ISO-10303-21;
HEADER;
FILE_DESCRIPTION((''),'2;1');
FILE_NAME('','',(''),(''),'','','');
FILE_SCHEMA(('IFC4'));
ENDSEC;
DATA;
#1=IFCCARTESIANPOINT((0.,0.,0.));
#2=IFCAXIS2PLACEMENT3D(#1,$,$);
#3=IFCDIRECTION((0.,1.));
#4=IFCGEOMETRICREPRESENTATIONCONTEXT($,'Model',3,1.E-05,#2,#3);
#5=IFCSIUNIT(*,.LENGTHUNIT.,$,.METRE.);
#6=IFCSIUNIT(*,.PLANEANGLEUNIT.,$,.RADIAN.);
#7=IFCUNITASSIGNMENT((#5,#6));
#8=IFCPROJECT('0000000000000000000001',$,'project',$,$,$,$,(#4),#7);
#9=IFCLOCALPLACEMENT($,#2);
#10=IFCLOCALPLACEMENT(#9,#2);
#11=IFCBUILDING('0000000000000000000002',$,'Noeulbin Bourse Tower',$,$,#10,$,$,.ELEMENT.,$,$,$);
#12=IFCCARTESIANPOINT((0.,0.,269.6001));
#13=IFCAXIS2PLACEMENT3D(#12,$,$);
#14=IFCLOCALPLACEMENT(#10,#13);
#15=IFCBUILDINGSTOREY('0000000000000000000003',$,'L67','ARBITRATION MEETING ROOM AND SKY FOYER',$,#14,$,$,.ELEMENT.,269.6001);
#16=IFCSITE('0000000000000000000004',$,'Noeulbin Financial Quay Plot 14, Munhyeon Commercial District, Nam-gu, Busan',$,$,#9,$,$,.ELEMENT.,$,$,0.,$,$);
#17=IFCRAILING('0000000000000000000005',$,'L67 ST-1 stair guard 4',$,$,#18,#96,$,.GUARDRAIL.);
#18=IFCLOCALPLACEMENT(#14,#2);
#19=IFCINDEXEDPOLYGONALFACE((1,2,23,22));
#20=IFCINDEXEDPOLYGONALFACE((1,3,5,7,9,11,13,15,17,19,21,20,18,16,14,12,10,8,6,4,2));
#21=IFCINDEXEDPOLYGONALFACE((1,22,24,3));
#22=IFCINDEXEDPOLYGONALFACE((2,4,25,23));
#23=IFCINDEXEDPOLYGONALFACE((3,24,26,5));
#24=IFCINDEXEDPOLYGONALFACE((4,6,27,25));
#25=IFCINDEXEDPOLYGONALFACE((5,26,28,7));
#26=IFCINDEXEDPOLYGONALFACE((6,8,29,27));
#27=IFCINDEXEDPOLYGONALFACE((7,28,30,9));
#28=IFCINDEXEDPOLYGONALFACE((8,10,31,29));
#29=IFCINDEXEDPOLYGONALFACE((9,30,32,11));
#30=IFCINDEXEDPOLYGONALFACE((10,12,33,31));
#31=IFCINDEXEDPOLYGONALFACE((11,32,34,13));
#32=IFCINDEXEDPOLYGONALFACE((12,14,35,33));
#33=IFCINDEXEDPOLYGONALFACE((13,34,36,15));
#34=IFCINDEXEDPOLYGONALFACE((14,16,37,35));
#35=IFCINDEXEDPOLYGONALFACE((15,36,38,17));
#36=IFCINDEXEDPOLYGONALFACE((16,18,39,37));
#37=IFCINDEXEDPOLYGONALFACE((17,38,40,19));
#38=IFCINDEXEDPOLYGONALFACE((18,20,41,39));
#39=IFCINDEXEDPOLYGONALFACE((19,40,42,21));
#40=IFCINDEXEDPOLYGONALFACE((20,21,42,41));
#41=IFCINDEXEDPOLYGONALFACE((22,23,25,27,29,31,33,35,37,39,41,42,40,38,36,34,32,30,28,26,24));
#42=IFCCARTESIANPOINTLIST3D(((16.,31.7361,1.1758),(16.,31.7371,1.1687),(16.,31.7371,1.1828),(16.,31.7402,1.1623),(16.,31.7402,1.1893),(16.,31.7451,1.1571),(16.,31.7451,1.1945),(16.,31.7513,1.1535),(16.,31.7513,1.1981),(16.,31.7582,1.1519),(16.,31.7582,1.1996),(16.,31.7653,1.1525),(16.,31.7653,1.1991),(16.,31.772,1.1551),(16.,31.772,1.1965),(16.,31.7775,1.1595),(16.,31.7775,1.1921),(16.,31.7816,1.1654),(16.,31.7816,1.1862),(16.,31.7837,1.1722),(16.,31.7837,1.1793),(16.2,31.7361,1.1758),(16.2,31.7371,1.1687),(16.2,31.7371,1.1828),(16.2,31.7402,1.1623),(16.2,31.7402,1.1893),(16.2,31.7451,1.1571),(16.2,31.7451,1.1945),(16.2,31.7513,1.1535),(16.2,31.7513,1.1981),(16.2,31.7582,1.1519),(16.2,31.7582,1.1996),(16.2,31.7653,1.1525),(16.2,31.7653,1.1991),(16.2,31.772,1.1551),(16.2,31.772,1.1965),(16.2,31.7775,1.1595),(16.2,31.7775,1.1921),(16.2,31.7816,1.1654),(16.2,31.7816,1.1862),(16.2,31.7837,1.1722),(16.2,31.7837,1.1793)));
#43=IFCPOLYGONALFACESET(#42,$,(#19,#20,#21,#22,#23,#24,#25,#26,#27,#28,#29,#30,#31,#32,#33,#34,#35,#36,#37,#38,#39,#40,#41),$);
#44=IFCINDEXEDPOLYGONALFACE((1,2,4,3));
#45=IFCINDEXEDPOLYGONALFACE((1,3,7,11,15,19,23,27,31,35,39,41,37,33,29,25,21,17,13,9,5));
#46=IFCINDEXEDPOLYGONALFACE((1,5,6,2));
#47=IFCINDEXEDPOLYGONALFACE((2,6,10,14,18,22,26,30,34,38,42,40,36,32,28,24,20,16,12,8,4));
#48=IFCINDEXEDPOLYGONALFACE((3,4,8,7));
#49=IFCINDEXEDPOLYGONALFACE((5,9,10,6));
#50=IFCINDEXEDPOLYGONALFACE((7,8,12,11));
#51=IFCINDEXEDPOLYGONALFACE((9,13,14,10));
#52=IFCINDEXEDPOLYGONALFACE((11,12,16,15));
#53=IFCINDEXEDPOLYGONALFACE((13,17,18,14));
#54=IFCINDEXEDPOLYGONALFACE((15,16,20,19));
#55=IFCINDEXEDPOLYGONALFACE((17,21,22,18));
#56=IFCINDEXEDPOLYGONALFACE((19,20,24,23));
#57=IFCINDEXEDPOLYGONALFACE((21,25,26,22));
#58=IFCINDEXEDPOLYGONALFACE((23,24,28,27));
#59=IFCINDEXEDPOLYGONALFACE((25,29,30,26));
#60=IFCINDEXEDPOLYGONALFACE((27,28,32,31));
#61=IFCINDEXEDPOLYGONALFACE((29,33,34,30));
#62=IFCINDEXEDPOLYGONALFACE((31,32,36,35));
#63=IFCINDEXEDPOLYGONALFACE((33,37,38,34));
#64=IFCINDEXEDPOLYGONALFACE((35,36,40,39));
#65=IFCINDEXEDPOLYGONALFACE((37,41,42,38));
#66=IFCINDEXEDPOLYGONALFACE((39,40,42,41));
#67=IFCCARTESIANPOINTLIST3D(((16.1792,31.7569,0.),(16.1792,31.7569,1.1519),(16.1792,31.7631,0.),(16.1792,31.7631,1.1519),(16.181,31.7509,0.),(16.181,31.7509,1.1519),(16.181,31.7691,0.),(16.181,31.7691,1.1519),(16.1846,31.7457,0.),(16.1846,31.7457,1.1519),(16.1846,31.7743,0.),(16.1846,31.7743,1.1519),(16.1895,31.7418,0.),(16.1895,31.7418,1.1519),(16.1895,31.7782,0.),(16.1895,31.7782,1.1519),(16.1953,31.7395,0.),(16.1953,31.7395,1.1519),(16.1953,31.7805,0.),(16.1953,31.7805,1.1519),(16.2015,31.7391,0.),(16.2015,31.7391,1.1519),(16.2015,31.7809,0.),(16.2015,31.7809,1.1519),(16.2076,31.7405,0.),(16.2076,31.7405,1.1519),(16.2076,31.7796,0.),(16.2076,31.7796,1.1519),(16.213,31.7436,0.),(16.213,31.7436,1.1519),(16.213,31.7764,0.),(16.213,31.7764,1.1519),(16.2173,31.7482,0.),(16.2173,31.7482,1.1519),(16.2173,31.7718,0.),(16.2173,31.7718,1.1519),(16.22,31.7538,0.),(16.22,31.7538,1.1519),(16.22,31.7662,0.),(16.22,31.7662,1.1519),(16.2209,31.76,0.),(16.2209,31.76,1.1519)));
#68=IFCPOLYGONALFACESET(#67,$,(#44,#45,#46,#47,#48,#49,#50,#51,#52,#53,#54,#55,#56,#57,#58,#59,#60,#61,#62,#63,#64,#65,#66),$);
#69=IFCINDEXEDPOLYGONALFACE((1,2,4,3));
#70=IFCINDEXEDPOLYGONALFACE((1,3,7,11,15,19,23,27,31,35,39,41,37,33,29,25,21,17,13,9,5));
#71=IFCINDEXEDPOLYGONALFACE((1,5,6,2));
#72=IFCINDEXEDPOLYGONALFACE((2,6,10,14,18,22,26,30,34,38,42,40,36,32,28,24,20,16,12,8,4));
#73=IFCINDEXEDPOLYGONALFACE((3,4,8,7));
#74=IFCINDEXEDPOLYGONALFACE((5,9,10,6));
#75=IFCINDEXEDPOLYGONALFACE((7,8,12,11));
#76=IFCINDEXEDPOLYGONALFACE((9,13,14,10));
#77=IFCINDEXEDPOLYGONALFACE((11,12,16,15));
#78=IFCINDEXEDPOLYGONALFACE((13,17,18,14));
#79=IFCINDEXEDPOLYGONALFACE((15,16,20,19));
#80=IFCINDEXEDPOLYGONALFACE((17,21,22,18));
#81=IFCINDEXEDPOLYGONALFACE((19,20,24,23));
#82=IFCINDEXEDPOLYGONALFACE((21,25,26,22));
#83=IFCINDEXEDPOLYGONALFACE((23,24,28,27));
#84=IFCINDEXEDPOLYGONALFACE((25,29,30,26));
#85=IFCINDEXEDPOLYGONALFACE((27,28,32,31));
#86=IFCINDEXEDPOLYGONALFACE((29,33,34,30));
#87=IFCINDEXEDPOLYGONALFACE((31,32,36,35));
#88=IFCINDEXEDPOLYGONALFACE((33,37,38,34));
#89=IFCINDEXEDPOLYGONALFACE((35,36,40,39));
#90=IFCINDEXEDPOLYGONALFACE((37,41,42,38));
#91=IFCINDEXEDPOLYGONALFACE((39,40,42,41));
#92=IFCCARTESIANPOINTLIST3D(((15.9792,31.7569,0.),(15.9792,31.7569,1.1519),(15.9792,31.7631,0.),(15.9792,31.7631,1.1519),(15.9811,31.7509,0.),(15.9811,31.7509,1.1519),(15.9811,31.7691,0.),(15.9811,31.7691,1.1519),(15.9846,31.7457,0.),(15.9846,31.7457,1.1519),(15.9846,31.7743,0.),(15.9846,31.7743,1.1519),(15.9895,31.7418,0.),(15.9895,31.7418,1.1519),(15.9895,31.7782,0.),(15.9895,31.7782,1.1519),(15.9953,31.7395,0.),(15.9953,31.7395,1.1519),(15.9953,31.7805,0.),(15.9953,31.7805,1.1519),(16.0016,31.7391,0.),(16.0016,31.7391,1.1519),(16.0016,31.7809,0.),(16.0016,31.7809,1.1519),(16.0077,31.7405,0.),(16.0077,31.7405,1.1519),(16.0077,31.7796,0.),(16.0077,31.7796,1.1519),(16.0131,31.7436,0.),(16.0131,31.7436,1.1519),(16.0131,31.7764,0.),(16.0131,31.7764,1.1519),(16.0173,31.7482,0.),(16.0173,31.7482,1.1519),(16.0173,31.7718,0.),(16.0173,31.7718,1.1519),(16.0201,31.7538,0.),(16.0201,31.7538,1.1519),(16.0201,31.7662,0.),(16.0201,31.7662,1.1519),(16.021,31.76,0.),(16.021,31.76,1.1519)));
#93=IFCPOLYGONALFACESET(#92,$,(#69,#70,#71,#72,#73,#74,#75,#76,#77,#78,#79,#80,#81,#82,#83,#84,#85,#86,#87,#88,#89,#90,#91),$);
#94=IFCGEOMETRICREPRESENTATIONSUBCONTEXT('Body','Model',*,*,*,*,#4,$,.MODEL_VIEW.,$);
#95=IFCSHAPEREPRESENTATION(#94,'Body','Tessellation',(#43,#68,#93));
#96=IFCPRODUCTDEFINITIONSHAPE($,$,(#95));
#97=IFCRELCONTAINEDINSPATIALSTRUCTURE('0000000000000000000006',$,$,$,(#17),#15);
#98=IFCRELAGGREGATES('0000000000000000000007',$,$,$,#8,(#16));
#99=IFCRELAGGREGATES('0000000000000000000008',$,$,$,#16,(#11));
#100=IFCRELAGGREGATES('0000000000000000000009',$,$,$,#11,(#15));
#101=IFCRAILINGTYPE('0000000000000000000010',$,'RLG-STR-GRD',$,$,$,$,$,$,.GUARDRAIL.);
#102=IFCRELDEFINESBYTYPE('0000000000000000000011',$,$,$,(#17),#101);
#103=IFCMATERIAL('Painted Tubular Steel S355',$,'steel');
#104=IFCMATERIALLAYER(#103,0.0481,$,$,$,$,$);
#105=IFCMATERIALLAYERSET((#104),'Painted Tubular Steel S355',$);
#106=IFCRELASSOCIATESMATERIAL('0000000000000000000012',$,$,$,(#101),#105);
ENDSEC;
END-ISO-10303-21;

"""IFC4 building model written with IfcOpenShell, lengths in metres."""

from ifc_helpers import new_model, si_unit, direction, frame, origin, origin_2d, place, context, subcontext, project, spatial, circle, extrude, material, layer, layer_set, type_object, element, save


model = new_model("IFC4")

# Units and contexts
model_context = context("Model", 3, precision=1e-05, world=origin(), true_north=direction((0.0, 1.0)))
body_context = subcontext(model_context, "Body", "Model", "MODEL_VIEW")
ifc_project = project(units=[si_unit("LENGTHUNIT", "METRE"), si_unit("PLANEANGLEUNIT", "RADIAN")], contexts=[model_context])

# Site, building, storey
site_placement = place(None, origin())
site = spatial("IfcSite", under=ifc_project, at=site_placement, Name="Noeulbin Financial Quay Plot 14, Munhyeon Commercial District, Nam-gu, Busan", CompositionType="ELEMENT", RefElevation=0.0)
building_placement = place(site_placement, origin())
building = spatial("IfcBuilding", under=site, at=building_placement, Name="Noeulbin Bourse Tower", CompositionType="ELEMENT")
storey_placement = place(building_placement, frame((0.0, 0.0, 269.6001)))
storey = spatial("IfcBuildingStorey", under=building, at=storey_placement, Name="L67", Description="ARBITRATION MEETING ROOM AND SKY FOYER", CompositionType="ELEMENT", Elevation=269.6001)

# Railing
ifc_material_1 = material(Name="Painted Tubular Steel S355", Category="steel")
ifc_layer_1 = layer(ifc_material_1, 0.0481)
ifc_layer_set_1 = layer_set([ifc_layer_1], Name="Painted Tubular Steel S355")
railing_type_1 = type_object("IfcRailingType", Name="RLG-STR-GRD", PredefinedType="GUARDRAIL", material=ifc_layer_set_1)
railing_1_placement = place(storey_placement, frame((16.2, 31.76, 0.0)))
element("IfcRailing", 1, at=railing_1_placement, inside=storey, type_object=railing_type_1, Name="L67 ST-1 stair guard 4", PredefinedType="GUARDRAIL", context=body_context, shape_type="SweptSolid", body=[
    extrude(circle(Radius=0.0239, at=origin_2d()), frame((0.0, 0.0, 1.1758), z_axis=(-1.0, 0.0, 0.0), x_axis=(0.0, -1.0, 0.0)), (0.0, 0.0, 1.0), 0.2),
    extrude(circle(Radius=0.021, at=origin_2d()), origin(), (0.0, 0.0, 1.0), 1.1519),
    extrude(circle(Radius=0.021, at=origin_2d()), frame((-0.2, 0.0, 0.0)), (0.0, 0.0, 1.0), 1.1519),
])

save(model, "model.ifc")
